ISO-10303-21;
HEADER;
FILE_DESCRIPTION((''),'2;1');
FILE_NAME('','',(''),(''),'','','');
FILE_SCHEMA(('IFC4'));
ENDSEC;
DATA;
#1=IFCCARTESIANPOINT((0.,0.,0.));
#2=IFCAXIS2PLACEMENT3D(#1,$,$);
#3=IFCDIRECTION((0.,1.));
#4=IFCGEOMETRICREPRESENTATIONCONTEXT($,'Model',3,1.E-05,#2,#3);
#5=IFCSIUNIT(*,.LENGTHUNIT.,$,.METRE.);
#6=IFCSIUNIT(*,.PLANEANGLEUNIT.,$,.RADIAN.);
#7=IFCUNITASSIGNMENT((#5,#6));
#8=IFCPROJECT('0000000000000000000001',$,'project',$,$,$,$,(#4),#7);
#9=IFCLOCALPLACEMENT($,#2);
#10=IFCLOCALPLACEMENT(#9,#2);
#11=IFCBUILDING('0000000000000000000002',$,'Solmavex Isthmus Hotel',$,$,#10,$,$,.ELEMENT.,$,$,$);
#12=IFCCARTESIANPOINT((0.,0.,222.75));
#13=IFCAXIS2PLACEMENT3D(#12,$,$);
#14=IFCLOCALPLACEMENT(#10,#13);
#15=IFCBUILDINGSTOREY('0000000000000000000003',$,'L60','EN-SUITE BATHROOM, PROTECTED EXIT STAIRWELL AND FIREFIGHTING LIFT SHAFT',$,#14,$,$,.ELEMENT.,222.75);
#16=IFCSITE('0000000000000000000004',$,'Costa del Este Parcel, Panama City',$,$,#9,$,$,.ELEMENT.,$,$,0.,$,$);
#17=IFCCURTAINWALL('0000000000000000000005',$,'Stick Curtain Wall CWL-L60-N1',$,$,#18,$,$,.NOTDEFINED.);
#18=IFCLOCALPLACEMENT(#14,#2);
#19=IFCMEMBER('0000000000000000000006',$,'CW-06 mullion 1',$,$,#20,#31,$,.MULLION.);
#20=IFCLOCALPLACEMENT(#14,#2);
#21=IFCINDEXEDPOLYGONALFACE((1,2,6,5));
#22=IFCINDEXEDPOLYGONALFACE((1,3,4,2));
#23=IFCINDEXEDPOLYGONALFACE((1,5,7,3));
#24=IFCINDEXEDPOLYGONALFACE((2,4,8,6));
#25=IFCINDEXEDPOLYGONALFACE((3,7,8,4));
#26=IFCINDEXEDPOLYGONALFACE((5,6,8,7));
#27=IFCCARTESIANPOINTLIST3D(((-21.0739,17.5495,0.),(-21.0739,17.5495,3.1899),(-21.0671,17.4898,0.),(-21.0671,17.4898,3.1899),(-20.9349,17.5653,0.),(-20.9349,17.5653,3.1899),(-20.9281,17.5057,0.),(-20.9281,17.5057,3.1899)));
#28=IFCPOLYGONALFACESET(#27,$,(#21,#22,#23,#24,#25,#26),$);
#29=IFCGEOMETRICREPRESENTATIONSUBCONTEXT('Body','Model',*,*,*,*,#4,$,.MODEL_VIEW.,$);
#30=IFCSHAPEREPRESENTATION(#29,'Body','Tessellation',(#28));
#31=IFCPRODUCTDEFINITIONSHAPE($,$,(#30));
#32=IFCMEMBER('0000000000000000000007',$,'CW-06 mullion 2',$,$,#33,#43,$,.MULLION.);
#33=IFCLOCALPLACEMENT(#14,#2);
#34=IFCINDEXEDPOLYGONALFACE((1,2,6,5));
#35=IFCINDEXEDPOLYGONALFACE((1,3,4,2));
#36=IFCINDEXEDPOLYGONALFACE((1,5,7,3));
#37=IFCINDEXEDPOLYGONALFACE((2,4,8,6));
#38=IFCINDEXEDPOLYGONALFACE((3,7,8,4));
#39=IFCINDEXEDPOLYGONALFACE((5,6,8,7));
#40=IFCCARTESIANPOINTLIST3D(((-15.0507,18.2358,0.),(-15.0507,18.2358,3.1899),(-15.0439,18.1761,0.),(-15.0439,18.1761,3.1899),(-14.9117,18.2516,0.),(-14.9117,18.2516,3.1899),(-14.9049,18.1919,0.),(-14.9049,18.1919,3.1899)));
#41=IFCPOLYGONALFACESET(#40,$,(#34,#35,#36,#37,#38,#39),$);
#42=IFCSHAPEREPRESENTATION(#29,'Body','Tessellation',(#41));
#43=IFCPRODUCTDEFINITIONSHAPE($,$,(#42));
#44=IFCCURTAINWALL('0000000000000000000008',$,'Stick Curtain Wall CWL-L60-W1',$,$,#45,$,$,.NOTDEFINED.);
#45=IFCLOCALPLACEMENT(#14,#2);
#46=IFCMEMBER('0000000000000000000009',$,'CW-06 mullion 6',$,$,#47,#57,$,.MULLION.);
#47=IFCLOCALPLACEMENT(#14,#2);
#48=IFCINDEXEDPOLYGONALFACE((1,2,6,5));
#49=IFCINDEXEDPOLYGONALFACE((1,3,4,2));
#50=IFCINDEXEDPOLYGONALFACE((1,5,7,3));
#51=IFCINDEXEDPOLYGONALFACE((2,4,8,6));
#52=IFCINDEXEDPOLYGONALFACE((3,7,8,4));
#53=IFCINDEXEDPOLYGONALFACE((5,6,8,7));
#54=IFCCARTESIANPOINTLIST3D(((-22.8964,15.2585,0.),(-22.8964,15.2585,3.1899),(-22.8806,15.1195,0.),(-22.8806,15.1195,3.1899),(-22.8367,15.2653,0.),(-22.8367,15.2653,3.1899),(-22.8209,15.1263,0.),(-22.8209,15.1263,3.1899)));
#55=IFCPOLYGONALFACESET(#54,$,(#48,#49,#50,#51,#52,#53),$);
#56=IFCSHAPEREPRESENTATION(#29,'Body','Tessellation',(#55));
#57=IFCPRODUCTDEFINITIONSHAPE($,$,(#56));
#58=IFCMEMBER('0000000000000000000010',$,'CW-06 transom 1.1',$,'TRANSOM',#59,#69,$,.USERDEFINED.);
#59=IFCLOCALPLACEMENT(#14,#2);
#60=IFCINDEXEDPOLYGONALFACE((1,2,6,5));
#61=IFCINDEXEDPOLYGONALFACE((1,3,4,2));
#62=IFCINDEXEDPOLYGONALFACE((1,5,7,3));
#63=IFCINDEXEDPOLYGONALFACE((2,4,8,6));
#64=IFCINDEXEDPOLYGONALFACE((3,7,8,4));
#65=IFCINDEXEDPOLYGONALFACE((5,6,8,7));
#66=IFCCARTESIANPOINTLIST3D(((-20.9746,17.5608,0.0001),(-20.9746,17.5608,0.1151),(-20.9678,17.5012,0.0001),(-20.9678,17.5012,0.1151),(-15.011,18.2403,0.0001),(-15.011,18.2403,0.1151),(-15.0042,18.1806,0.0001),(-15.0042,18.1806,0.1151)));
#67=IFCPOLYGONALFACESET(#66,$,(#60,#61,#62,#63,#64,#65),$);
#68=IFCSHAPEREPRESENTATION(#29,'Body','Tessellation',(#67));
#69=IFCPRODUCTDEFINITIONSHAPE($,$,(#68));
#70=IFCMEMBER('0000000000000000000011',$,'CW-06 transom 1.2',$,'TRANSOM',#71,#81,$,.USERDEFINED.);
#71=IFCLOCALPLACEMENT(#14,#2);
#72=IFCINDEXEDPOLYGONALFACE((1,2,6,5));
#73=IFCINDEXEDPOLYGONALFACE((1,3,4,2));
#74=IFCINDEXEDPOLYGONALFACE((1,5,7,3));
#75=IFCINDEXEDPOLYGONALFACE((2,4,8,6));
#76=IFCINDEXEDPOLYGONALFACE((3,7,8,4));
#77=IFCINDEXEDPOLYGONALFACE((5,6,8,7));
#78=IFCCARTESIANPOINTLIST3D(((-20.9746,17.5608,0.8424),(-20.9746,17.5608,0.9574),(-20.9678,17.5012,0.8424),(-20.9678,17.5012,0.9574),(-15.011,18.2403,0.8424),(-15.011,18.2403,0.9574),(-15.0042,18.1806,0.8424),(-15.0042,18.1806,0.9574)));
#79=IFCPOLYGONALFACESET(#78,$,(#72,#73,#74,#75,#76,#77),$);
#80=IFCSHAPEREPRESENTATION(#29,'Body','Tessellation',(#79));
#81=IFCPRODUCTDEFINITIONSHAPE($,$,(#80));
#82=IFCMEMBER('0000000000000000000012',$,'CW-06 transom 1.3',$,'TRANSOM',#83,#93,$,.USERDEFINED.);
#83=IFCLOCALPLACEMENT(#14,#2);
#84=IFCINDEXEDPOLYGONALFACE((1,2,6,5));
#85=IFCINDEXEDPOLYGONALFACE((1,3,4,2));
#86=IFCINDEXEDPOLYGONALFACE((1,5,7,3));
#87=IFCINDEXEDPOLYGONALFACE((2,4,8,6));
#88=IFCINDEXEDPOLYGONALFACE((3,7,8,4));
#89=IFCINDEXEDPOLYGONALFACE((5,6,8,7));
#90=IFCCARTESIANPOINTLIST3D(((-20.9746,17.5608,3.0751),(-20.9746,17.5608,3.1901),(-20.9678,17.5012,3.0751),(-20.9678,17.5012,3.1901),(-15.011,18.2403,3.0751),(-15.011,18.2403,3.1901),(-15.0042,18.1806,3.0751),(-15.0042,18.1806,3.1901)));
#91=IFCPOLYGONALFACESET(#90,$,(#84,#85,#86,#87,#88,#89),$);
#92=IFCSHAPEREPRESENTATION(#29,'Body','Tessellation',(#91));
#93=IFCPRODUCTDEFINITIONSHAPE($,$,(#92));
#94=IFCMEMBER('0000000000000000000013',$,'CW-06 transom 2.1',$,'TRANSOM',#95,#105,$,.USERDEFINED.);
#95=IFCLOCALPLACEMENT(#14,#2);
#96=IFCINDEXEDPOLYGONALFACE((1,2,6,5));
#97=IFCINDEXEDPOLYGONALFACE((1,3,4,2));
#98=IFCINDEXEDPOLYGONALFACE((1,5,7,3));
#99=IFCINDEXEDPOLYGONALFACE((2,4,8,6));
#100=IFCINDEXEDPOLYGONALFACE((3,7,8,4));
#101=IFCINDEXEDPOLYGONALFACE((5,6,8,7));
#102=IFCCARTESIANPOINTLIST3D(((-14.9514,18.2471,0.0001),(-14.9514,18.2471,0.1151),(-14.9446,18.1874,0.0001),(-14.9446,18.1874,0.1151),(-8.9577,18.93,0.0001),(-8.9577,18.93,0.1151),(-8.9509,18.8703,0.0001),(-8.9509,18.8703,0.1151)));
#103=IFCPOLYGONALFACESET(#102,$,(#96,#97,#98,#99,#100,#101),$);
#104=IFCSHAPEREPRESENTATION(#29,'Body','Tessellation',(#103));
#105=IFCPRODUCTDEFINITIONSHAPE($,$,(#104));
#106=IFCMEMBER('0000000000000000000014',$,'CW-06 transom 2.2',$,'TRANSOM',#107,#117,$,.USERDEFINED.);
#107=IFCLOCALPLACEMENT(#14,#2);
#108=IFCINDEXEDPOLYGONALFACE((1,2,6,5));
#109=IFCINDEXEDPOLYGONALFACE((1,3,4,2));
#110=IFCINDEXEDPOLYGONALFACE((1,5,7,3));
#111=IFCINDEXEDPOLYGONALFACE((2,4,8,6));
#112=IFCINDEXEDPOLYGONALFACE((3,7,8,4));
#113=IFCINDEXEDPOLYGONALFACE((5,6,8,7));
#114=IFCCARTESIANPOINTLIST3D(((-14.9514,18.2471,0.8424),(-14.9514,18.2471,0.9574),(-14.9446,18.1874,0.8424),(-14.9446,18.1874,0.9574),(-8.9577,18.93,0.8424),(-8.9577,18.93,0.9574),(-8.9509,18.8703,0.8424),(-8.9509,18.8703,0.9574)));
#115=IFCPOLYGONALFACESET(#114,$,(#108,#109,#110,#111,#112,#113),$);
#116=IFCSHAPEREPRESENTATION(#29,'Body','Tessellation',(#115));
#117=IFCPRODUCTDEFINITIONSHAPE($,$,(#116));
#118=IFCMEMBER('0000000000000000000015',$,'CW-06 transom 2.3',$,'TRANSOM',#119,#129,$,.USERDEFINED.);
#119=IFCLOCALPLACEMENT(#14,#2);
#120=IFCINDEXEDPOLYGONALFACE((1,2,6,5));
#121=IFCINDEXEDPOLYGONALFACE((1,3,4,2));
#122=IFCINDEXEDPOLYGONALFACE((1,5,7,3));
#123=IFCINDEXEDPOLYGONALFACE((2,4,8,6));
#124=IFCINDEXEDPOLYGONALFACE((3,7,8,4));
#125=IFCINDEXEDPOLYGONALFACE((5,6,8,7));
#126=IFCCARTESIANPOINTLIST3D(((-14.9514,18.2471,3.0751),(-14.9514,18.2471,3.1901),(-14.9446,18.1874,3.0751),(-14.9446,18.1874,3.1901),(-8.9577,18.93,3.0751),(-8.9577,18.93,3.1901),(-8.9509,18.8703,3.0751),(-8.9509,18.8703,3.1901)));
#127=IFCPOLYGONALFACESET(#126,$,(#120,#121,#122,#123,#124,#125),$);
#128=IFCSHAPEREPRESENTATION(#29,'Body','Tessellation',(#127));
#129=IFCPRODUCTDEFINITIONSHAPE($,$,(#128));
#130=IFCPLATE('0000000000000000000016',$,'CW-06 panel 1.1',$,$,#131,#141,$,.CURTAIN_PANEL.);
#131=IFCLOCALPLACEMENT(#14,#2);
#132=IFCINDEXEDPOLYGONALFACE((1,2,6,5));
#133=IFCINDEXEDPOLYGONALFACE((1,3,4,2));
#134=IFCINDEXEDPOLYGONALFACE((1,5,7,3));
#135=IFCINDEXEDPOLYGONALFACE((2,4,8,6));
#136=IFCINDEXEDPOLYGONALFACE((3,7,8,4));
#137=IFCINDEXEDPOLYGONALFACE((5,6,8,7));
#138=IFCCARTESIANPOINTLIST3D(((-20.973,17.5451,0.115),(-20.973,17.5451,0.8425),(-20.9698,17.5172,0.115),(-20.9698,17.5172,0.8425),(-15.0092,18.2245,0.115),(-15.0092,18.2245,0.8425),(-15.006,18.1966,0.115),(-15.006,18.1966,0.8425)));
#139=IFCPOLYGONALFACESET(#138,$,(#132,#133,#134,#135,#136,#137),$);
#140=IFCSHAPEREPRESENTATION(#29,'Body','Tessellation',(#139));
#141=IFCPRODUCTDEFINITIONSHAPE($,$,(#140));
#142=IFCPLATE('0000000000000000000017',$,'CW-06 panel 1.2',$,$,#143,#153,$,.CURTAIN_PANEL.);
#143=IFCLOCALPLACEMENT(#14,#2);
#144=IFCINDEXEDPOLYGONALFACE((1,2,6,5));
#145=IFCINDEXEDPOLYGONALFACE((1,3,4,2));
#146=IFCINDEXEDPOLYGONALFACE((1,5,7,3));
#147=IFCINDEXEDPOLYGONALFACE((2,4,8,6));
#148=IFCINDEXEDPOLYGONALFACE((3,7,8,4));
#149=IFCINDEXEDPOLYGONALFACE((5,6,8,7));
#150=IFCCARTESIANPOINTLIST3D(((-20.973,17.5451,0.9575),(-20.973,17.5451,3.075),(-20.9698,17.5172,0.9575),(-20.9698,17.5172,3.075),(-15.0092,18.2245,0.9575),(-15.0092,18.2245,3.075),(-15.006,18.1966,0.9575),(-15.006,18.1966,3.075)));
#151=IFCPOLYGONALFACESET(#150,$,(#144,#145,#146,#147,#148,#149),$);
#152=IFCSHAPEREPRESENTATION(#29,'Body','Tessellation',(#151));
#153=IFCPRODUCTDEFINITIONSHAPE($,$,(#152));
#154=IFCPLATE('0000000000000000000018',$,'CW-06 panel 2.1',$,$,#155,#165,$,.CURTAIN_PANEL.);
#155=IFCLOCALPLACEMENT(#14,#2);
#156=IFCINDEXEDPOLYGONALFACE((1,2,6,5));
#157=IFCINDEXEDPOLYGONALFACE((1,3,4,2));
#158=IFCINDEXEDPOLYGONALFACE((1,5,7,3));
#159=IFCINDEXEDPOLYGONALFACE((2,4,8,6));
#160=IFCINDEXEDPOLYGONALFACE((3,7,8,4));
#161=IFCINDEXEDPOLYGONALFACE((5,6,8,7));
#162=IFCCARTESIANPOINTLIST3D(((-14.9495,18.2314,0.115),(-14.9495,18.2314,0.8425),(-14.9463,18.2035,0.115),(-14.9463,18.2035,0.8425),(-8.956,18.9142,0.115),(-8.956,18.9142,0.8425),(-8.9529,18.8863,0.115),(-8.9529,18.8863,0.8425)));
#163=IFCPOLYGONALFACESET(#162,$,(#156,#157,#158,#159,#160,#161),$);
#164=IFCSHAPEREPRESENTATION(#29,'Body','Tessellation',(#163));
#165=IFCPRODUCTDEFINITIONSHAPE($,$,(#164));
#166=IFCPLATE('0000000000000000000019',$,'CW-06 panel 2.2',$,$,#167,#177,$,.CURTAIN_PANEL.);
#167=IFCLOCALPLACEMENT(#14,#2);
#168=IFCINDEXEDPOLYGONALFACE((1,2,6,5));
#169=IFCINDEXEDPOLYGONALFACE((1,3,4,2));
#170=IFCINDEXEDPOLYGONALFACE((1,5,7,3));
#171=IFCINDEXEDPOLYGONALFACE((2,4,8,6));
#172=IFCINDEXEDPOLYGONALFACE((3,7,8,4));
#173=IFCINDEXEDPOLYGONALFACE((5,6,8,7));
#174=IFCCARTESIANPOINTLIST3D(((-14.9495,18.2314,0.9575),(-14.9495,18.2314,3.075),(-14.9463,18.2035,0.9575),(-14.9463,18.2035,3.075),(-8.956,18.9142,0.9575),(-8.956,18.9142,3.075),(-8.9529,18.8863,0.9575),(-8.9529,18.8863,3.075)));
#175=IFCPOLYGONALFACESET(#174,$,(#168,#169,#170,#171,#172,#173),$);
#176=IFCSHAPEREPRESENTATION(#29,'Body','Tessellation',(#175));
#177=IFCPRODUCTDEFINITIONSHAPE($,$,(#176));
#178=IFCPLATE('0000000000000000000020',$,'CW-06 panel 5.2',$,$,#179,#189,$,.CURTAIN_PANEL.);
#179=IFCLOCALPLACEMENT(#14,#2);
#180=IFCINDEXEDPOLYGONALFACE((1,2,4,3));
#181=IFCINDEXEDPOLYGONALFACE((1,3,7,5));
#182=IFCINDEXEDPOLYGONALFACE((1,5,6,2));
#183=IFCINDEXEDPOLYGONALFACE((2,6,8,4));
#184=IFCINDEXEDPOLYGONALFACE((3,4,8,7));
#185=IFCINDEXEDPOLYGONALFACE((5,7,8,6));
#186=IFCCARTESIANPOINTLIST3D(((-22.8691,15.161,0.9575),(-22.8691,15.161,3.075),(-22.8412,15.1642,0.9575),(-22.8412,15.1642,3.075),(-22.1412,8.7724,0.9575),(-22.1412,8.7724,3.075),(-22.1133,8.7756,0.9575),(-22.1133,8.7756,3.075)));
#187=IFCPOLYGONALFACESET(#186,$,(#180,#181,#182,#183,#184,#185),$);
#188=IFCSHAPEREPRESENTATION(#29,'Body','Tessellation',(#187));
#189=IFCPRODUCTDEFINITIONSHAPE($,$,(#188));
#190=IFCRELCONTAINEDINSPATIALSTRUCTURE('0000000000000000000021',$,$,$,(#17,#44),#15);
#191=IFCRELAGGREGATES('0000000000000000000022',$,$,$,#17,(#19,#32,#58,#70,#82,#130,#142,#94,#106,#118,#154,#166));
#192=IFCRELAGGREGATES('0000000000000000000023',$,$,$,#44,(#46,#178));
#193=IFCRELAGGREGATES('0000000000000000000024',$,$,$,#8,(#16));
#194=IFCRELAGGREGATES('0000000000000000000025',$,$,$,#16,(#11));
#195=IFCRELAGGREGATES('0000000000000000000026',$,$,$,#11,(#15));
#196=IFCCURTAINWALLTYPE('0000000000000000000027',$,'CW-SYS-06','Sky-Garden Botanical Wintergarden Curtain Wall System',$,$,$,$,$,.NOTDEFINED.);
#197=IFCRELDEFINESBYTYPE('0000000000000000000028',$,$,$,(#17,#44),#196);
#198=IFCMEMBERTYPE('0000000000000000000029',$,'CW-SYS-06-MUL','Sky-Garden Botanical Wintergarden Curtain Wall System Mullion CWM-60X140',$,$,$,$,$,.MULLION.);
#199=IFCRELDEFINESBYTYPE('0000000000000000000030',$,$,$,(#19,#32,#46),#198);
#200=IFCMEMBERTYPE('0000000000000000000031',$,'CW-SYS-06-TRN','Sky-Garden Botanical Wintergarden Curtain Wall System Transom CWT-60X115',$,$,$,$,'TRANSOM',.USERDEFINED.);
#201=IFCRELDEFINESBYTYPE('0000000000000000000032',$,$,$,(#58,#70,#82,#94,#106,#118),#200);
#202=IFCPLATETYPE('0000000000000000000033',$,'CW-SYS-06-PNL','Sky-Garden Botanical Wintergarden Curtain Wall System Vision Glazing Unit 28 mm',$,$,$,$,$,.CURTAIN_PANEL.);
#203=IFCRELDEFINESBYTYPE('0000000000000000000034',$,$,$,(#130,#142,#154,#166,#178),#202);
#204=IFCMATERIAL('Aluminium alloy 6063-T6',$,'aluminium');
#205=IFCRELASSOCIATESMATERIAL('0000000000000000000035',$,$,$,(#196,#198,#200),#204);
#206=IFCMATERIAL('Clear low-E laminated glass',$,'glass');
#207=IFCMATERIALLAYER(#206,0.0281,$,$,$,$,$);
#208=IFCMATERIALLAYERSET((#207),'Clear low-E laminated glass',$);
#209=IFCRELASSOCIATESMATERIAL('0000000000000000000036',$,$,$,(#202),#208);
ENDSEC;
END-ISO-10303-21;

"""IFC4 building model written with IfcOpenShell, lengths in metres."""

from ifc_helpers import new_model, si_unit, direction, frame, origin, origin_2d, place, context, subcontext, project, spatial, rectangle, extrude, material, layer, layer_set, material_profile, profile_set, type_object, element, aggregate, save


model = new_model("IFC4")

# Units and contexts
model_context = context("Model", 3, precision=1e-05, world=origin(), true_north=direction((0.0, 1.0)))
body_context = subcontext(model_context, "Body", "Model", "MODEL_VIEW")
ifc_project = project(units=[si_unit("LENGTHUNIT", "METRE"), si_unit("PLANEANGLEUNIT", "RADIAN")], contexts=[model_context])

# Site, building, storey
site_placement = place(None, origin())
site = spatial("IfcSite", under=ifc_project, at=site_placement, Name="Costa del Este Parcel, Panama City", CompositionType="ELEMENT", RefElevation=0.0)
building_placement = place(site_placement, origin())
building = spatial("IfcBuilding", under=site, at=building_placement, Name="Solmavex Isthmus Hotel", CompositionType="ELEMENT")
storey_placement = place(building_placement, frame((0.0, 0.0, 222.75)))
storey = spatial("IfcBuildingStorey", under=building, at=storey_placement, Name="L60", Description="EN-SUITE BATHROOM, PROTECTED EXIT STAIRWELL AND FIREFIGHTING LIFT SHAFT", CompositionType="ELEMENT", Elevation=222.75)

# Curtain wall, members
ifc_material_1 = material(Name="Aluminium alloy 6063-T6", Category="aluminium")
curtain_wall_type = type_object("IfcCurtainWallType", Name="CW-SYS-06", Description="Sky-Garden Botanical Wintergarden Curtain Wall System", PredefinedType="NOTDEFINED", material=ifc_material_1)
curtain_wall_1_placement = place(storey_placement, origin())
curtain_wall_1 = element("IfcCurtainWall", 1, at=curtain_wall_1_placement, inside=storey, type_object=curtain_wall_type, Name="Stick Curtain Wall CWL-L60-N1", PredefinedType="NOTDEFINED")
ifc_material_profile_1 = material_profile(ifc_material_1, rectangle(XDim=0.0601, YDim=0.1399, at=origin_2d()), Name="CWM-60X140")
ifc_profile_set_1 = profile_set([ifc_material_profile_1], Name="Aluminium alloy 6063-T6")
member_type_1 = type_object("IfcMemberType", Name="CW-SYS-06-MUL", Description="Sky-Garden Botanical Wintergarden Curtain Wall System Mullion CWM-60X140", PredefinedType="MULLION", material=ifc_profile_set_1)
member_1_placement = place(storey_placement, frame((-21.001, 17.5276, 0.0), z_axis=(0.0, 0.0, 1.0), x_axis=(-0.113203, 0.993572, 0.0)))
member_1 = element("IfcMember", 2, at=member_1_placement, type_object=member_type_1, Name="CW-06 mullion 1", PredefinedType="MULLION", context=body_context, shape_type="SweptSolid", body=[
    extrude(rectangle(XDim=0.0601, YDim=0.1399, at=origin_2d()), origin(), (0.0, 0.0, 1.0), 3.1899),
])
member_2_placement = place(storey_placement, frame((-14.9778, 18.2139, 0.0), z_axis=(0.0, 0.0, 1.0), x_axis=(-0.113203, 0.993572, 0.0)))
member_2 = element("IfcMember", 3, at=member_2_placement, type_object=member_type_1, Name="CW-06 mullion 2", PredefinedType="MULLION", context=body_context, shape_type="SweptSolid", body=[
    extrude(rectangle(XDim=0.0601, YDim=0.1399, at=origin_2d()), origin(), (0.0, 0.0, 1.0), 3.1899),
])

# Curtain wall, member
curtain_wall_2_placement = place(storey_placement, origin())
curtain_wall_2 = element("IfcCurtainWall", 4, at=curtain_wall_2_placement, inside=storey, type_object=curtain_wall_type, Name="Stick Curtain Wall CWL-L60-W1", PredefinedType="NOTDEFINED")
member_3_placement = place(storey_placement, frame((-22.8586, 15.1924, 0.0), z_axis=(0.0, 0.0, 1.0), x_axis=(-0.993572, -0.113203, 0.0)))
member_3 = element("IfcMember", 5, at=member_3_placement, type_object=member_type_1, Name="CW-06 mullion 6", PredefinedType="MULLION", context=body_context, shape_type="SweptSolid", body=[
    extrude(rectangle(XDim=0.0601, YDim=0.1399, at=origin_2d()), origin(), (0.0, 0.0, 1.0), 3.1899),
])

# Members
ifc_material_profile_2 = material_profile(ifc_material_1, rectangle(XDim=0.0601, YDim=0.115, at=origin_2d()), Name="CWT-60X115")
ifc_profile_set_2 = profile_set([ifc_material_profile_2], Name="Aluminium alloy 6063-T6")
member_type_2 = type_object("IfcMemberType", Name="CW-SYS-06-TRN", Description="Sky-Garden Botanical Wintergarden Curtain Wall System Transom CWT-60X115", ElementType="TRANSOM", PredefinedType="USERDEFINED", material=ifc_profile_set_2)
member_4_placement = place(storey_placement, frame((-20.9712, 17.531, 0.0576), z_axis=(0.993572, 0.113199, 0.0), x_axis=(-0.113199, 0.993572, 0.0)))
member_4 = element("IfcMember", 6, at=member_4_placement, type_object=member_type_2, Name="CW-06 transom 1.1", ObjectType="TRANSOM", PredefinedType="USERDEFINED", context=body_context, shape_type="SweptSolid", body=[
    extrude(rectangle(XDim=0.0601, YDim=0.115, at=origin_2d()), origin(), (0.0, 0.0, 1.0), 6.0022),
])
member_5_placement = place(storey_placement, frame((-20.9712, 17.531, 0.8999), z_axis=(0.993572, 0.113199, 0.0), x_axis=(-0.113199, 0.993572, 0.0)))
member_5 = element("IfcMember", 7, at=member_5_placement, type_object=member_type_2, Name="CW-06 transom 1.2", ObjectType="TRANSOM", PredefinedType="USERDEFINED", context=body_context, shape_type="SweptSolid", body=[
    extrude(rectangle(XDim=0.0601, YDim=0.115, at=origin_2d()), origin(), (0.0, 0.0, 1.0), 6.0022),
])
member_6_placement = place(storey_placement, frame((-20.9712, 17.531, 3.1326), z_axis=(0.993572, 0.113199, 0.0), x_axis=(-0.113199, 0.993572, 0.0)))
member_6 = element("IfcMember", 8, at=member_6_placement, type_object=member_type_2, Name="CW-06 transom 1.3", ObjectType="TRANSOM", PredefinedType="USERDEFINED", context=body_context, shape_type="SweptSolid", body=[
    extrude(rectangle(XDim=0.0601, YDim=0.115, at=origin_2d()), origin(), (0.0, 0.0, 1.0), 6.0022),
])
member_7_placement = place(storey_placement, frame((-14.948, 18.2173, 0.0576), z_axis=(0.993572, 0.113198, 0.0), x_axis=(-0.113198, 0.993572, 0.0)))
member_7 = element("IfcMember", 9, at=member_7_placement, type_object=member_type_2, Name="CW-06 transom 2.1", ObjectType="TRANSOM", PredefinedType="USERDEFINED", context=body_context, shape_type="SweptSolid", body=[
    extrude(rectangle(XDim=0.0601, YDim=0.115, at=origin_2d()), origin(), (0.0, 0.0, 1.0), 6.0325),
])
member_8_placement = place(storey_placement, frame((-14.948, 18.2173, 0.8999), z_axis=(0.993572, 0.113198, 0.0), x_axis=(-0.113198, 0.993572, 0.0)))
member_8 = element("IfcMember", 10, at=member_8_placement, type_object=member_type_2, Name="CW-06 transom 2.2", ObjectType="TRANSOM", PredefinedType="USERDEFINED", context=body_context, shape_type="SweptSolid", body=[
    extrude(rectangle(XDim=0.0601, YDim=0.115, at=origin_2d()), origin(), (0.0, 0.0, 1.0), 6.0325),
])
member_9_placement = place(storey_placement, frame((-14.948, 18.2173, 3.1326), z_axis=(0.993572, 0.113198, 0.0), x_axis=(-0.113198, 0.993572, 0.0)))
member_9 = element("IfcMember", 11, at=member_9_placement, type_object=member_type_2, Name="CW-06 transom 2.3", ObjectType="TRANSOM", PredefinedType="USERDEFINED", context=body_context, shape_type="SweptSolid", body=[
    extrude(rectangle(XDim=0.0601, YDim=0.115, at=origin_2d()), origin(), (0.0, 0.0, 1.0), 6.0325),
])

# Plates
ifc_material_2 = material(Name="Clear low-E laminated glass", Category="glass")
ifc_layer_1 = layer(ifc_material_2, 0.0281)
ifc_layer_set_1 = layer_set([ifc_layer_1], Name="Clear low-E laminated glass")
plate_type = type_object("IfcPlateType", Name="CW-SYS-06-PNL", Description="Sky-Garden Botanical Wintergarden Curtain Wall System Vision Glazing Unit 28 mm", PredefinedType="CURTAIN_PANEL", material=ifc_layer_set_1)
plate_1_placement = place(storey_placement, frame((-17.9895, 17.8708, 0.115), z_axis=(0.0, 0.0, 1.0), x_axis=(0.993572, 0.113203, 0.0)))
plate_1 = element("IfcPlate", 12, at=plate_1_placement, type_object=plate_type, Name="CW-06 panel 1.1", PredefinedType="CURTAIN_PANEL", context=body_context, shape_type="SweptSolid", body=[
    extrude(rectangle(XDim=6.0024, YDim=0.0281, at=origin_2d()), origin(), (0.0, 0.0, 1.0), 0.7275),
])
plate_2_placement = place(storey_placement, frame((-17.9895, 17.8708, 0.9575), z_axis=(0.0, 0.0, 1.0), x_axis=(0.993572, 0.113203, 0.0)))
plate_2 = element("IfcPlate", 13, at=plate_2_placement, type_object=plate_type, Name="CW-06 panel 1.2", PredefinedType="CURTAIN_PANEL", context=body_context, shape_type="SweptSolid", body=[
    extrude(rectangle(XDim=6.0024, YDim=0.0281, at=origin_2d()), origin(), (0.0, 0.0, 1.0), 2.1174),
])
plate_3_placement = place(storey_placement, frame((-11.9512, 18.5588, 0.115), z_axis=(0.0, 0.0, 1.0), x_axis=(0.993572, 0.113203, 0.0)))
plate_3 = element("IfcPlate", 14, at=plate_3_placement, type_object=plate_type, Name="CW-06 panel 2.1", PredefinedType="CURTAIN_PANEL", context=body_context, shape_type="SweptSolid", body=[
    extrude(rectangle(XDim=6.0322, YDim=0.0281, at=origin_2d()), origin(), (0.0, 0.0, 1.0), 0.7275),
])
plate_4_placement = place(storey_placement, frame((-11.9512, 18.5588, 0.9575), z_axis=(0.0, 0.0, 1.0), x_axis=(0.993572, 0.113203, 0.0)))
plate_4 = element("IfcPlate", 15, at=plate_4_placement, type_object=plate_type, Name="CW-06 panel 2.2", PredefinedType="CURTAIN_PANEL", context=body_context, shape_type="SweptSolid", body=[
    extrude(rectangle(XDim=6.0322, YDim=0.0281, at=origin_2d()), origin(), (0.0, 0.0, 1.0), 2.1174),
])
aggregate(curtain_wall_1, [member_1, member_2, member_4, member_5, member_6, plate_1, plate_2, member_7, member_8, member_9, plate_3, plate_4])
plate_5_placement = place(storey_placement, frame((-22.4912, 11.9683, 0.9575), z_axis=(0.0, 0.0, 1.0), x_axis=(-0.113203, 0.993572, 0.0)))
plate_5 = element("IfcPlate", 16, at=plate_5_placement, type_object=plate_type, Name="CW-06 panel 5.2", PredefinedType="CURTAIN_PANEL", context=body_context, shape_type="SweptSolid", body=[
    extrude(rectangle(XDim=6.4299, YDim=0.0281, at=origin_2d()), origin(), (0.0, 0.0, 1.0), 2.1174),
])
aggregate(curtain_wall_2, [member_3, plate_5])

save(model, "model.ifc")
